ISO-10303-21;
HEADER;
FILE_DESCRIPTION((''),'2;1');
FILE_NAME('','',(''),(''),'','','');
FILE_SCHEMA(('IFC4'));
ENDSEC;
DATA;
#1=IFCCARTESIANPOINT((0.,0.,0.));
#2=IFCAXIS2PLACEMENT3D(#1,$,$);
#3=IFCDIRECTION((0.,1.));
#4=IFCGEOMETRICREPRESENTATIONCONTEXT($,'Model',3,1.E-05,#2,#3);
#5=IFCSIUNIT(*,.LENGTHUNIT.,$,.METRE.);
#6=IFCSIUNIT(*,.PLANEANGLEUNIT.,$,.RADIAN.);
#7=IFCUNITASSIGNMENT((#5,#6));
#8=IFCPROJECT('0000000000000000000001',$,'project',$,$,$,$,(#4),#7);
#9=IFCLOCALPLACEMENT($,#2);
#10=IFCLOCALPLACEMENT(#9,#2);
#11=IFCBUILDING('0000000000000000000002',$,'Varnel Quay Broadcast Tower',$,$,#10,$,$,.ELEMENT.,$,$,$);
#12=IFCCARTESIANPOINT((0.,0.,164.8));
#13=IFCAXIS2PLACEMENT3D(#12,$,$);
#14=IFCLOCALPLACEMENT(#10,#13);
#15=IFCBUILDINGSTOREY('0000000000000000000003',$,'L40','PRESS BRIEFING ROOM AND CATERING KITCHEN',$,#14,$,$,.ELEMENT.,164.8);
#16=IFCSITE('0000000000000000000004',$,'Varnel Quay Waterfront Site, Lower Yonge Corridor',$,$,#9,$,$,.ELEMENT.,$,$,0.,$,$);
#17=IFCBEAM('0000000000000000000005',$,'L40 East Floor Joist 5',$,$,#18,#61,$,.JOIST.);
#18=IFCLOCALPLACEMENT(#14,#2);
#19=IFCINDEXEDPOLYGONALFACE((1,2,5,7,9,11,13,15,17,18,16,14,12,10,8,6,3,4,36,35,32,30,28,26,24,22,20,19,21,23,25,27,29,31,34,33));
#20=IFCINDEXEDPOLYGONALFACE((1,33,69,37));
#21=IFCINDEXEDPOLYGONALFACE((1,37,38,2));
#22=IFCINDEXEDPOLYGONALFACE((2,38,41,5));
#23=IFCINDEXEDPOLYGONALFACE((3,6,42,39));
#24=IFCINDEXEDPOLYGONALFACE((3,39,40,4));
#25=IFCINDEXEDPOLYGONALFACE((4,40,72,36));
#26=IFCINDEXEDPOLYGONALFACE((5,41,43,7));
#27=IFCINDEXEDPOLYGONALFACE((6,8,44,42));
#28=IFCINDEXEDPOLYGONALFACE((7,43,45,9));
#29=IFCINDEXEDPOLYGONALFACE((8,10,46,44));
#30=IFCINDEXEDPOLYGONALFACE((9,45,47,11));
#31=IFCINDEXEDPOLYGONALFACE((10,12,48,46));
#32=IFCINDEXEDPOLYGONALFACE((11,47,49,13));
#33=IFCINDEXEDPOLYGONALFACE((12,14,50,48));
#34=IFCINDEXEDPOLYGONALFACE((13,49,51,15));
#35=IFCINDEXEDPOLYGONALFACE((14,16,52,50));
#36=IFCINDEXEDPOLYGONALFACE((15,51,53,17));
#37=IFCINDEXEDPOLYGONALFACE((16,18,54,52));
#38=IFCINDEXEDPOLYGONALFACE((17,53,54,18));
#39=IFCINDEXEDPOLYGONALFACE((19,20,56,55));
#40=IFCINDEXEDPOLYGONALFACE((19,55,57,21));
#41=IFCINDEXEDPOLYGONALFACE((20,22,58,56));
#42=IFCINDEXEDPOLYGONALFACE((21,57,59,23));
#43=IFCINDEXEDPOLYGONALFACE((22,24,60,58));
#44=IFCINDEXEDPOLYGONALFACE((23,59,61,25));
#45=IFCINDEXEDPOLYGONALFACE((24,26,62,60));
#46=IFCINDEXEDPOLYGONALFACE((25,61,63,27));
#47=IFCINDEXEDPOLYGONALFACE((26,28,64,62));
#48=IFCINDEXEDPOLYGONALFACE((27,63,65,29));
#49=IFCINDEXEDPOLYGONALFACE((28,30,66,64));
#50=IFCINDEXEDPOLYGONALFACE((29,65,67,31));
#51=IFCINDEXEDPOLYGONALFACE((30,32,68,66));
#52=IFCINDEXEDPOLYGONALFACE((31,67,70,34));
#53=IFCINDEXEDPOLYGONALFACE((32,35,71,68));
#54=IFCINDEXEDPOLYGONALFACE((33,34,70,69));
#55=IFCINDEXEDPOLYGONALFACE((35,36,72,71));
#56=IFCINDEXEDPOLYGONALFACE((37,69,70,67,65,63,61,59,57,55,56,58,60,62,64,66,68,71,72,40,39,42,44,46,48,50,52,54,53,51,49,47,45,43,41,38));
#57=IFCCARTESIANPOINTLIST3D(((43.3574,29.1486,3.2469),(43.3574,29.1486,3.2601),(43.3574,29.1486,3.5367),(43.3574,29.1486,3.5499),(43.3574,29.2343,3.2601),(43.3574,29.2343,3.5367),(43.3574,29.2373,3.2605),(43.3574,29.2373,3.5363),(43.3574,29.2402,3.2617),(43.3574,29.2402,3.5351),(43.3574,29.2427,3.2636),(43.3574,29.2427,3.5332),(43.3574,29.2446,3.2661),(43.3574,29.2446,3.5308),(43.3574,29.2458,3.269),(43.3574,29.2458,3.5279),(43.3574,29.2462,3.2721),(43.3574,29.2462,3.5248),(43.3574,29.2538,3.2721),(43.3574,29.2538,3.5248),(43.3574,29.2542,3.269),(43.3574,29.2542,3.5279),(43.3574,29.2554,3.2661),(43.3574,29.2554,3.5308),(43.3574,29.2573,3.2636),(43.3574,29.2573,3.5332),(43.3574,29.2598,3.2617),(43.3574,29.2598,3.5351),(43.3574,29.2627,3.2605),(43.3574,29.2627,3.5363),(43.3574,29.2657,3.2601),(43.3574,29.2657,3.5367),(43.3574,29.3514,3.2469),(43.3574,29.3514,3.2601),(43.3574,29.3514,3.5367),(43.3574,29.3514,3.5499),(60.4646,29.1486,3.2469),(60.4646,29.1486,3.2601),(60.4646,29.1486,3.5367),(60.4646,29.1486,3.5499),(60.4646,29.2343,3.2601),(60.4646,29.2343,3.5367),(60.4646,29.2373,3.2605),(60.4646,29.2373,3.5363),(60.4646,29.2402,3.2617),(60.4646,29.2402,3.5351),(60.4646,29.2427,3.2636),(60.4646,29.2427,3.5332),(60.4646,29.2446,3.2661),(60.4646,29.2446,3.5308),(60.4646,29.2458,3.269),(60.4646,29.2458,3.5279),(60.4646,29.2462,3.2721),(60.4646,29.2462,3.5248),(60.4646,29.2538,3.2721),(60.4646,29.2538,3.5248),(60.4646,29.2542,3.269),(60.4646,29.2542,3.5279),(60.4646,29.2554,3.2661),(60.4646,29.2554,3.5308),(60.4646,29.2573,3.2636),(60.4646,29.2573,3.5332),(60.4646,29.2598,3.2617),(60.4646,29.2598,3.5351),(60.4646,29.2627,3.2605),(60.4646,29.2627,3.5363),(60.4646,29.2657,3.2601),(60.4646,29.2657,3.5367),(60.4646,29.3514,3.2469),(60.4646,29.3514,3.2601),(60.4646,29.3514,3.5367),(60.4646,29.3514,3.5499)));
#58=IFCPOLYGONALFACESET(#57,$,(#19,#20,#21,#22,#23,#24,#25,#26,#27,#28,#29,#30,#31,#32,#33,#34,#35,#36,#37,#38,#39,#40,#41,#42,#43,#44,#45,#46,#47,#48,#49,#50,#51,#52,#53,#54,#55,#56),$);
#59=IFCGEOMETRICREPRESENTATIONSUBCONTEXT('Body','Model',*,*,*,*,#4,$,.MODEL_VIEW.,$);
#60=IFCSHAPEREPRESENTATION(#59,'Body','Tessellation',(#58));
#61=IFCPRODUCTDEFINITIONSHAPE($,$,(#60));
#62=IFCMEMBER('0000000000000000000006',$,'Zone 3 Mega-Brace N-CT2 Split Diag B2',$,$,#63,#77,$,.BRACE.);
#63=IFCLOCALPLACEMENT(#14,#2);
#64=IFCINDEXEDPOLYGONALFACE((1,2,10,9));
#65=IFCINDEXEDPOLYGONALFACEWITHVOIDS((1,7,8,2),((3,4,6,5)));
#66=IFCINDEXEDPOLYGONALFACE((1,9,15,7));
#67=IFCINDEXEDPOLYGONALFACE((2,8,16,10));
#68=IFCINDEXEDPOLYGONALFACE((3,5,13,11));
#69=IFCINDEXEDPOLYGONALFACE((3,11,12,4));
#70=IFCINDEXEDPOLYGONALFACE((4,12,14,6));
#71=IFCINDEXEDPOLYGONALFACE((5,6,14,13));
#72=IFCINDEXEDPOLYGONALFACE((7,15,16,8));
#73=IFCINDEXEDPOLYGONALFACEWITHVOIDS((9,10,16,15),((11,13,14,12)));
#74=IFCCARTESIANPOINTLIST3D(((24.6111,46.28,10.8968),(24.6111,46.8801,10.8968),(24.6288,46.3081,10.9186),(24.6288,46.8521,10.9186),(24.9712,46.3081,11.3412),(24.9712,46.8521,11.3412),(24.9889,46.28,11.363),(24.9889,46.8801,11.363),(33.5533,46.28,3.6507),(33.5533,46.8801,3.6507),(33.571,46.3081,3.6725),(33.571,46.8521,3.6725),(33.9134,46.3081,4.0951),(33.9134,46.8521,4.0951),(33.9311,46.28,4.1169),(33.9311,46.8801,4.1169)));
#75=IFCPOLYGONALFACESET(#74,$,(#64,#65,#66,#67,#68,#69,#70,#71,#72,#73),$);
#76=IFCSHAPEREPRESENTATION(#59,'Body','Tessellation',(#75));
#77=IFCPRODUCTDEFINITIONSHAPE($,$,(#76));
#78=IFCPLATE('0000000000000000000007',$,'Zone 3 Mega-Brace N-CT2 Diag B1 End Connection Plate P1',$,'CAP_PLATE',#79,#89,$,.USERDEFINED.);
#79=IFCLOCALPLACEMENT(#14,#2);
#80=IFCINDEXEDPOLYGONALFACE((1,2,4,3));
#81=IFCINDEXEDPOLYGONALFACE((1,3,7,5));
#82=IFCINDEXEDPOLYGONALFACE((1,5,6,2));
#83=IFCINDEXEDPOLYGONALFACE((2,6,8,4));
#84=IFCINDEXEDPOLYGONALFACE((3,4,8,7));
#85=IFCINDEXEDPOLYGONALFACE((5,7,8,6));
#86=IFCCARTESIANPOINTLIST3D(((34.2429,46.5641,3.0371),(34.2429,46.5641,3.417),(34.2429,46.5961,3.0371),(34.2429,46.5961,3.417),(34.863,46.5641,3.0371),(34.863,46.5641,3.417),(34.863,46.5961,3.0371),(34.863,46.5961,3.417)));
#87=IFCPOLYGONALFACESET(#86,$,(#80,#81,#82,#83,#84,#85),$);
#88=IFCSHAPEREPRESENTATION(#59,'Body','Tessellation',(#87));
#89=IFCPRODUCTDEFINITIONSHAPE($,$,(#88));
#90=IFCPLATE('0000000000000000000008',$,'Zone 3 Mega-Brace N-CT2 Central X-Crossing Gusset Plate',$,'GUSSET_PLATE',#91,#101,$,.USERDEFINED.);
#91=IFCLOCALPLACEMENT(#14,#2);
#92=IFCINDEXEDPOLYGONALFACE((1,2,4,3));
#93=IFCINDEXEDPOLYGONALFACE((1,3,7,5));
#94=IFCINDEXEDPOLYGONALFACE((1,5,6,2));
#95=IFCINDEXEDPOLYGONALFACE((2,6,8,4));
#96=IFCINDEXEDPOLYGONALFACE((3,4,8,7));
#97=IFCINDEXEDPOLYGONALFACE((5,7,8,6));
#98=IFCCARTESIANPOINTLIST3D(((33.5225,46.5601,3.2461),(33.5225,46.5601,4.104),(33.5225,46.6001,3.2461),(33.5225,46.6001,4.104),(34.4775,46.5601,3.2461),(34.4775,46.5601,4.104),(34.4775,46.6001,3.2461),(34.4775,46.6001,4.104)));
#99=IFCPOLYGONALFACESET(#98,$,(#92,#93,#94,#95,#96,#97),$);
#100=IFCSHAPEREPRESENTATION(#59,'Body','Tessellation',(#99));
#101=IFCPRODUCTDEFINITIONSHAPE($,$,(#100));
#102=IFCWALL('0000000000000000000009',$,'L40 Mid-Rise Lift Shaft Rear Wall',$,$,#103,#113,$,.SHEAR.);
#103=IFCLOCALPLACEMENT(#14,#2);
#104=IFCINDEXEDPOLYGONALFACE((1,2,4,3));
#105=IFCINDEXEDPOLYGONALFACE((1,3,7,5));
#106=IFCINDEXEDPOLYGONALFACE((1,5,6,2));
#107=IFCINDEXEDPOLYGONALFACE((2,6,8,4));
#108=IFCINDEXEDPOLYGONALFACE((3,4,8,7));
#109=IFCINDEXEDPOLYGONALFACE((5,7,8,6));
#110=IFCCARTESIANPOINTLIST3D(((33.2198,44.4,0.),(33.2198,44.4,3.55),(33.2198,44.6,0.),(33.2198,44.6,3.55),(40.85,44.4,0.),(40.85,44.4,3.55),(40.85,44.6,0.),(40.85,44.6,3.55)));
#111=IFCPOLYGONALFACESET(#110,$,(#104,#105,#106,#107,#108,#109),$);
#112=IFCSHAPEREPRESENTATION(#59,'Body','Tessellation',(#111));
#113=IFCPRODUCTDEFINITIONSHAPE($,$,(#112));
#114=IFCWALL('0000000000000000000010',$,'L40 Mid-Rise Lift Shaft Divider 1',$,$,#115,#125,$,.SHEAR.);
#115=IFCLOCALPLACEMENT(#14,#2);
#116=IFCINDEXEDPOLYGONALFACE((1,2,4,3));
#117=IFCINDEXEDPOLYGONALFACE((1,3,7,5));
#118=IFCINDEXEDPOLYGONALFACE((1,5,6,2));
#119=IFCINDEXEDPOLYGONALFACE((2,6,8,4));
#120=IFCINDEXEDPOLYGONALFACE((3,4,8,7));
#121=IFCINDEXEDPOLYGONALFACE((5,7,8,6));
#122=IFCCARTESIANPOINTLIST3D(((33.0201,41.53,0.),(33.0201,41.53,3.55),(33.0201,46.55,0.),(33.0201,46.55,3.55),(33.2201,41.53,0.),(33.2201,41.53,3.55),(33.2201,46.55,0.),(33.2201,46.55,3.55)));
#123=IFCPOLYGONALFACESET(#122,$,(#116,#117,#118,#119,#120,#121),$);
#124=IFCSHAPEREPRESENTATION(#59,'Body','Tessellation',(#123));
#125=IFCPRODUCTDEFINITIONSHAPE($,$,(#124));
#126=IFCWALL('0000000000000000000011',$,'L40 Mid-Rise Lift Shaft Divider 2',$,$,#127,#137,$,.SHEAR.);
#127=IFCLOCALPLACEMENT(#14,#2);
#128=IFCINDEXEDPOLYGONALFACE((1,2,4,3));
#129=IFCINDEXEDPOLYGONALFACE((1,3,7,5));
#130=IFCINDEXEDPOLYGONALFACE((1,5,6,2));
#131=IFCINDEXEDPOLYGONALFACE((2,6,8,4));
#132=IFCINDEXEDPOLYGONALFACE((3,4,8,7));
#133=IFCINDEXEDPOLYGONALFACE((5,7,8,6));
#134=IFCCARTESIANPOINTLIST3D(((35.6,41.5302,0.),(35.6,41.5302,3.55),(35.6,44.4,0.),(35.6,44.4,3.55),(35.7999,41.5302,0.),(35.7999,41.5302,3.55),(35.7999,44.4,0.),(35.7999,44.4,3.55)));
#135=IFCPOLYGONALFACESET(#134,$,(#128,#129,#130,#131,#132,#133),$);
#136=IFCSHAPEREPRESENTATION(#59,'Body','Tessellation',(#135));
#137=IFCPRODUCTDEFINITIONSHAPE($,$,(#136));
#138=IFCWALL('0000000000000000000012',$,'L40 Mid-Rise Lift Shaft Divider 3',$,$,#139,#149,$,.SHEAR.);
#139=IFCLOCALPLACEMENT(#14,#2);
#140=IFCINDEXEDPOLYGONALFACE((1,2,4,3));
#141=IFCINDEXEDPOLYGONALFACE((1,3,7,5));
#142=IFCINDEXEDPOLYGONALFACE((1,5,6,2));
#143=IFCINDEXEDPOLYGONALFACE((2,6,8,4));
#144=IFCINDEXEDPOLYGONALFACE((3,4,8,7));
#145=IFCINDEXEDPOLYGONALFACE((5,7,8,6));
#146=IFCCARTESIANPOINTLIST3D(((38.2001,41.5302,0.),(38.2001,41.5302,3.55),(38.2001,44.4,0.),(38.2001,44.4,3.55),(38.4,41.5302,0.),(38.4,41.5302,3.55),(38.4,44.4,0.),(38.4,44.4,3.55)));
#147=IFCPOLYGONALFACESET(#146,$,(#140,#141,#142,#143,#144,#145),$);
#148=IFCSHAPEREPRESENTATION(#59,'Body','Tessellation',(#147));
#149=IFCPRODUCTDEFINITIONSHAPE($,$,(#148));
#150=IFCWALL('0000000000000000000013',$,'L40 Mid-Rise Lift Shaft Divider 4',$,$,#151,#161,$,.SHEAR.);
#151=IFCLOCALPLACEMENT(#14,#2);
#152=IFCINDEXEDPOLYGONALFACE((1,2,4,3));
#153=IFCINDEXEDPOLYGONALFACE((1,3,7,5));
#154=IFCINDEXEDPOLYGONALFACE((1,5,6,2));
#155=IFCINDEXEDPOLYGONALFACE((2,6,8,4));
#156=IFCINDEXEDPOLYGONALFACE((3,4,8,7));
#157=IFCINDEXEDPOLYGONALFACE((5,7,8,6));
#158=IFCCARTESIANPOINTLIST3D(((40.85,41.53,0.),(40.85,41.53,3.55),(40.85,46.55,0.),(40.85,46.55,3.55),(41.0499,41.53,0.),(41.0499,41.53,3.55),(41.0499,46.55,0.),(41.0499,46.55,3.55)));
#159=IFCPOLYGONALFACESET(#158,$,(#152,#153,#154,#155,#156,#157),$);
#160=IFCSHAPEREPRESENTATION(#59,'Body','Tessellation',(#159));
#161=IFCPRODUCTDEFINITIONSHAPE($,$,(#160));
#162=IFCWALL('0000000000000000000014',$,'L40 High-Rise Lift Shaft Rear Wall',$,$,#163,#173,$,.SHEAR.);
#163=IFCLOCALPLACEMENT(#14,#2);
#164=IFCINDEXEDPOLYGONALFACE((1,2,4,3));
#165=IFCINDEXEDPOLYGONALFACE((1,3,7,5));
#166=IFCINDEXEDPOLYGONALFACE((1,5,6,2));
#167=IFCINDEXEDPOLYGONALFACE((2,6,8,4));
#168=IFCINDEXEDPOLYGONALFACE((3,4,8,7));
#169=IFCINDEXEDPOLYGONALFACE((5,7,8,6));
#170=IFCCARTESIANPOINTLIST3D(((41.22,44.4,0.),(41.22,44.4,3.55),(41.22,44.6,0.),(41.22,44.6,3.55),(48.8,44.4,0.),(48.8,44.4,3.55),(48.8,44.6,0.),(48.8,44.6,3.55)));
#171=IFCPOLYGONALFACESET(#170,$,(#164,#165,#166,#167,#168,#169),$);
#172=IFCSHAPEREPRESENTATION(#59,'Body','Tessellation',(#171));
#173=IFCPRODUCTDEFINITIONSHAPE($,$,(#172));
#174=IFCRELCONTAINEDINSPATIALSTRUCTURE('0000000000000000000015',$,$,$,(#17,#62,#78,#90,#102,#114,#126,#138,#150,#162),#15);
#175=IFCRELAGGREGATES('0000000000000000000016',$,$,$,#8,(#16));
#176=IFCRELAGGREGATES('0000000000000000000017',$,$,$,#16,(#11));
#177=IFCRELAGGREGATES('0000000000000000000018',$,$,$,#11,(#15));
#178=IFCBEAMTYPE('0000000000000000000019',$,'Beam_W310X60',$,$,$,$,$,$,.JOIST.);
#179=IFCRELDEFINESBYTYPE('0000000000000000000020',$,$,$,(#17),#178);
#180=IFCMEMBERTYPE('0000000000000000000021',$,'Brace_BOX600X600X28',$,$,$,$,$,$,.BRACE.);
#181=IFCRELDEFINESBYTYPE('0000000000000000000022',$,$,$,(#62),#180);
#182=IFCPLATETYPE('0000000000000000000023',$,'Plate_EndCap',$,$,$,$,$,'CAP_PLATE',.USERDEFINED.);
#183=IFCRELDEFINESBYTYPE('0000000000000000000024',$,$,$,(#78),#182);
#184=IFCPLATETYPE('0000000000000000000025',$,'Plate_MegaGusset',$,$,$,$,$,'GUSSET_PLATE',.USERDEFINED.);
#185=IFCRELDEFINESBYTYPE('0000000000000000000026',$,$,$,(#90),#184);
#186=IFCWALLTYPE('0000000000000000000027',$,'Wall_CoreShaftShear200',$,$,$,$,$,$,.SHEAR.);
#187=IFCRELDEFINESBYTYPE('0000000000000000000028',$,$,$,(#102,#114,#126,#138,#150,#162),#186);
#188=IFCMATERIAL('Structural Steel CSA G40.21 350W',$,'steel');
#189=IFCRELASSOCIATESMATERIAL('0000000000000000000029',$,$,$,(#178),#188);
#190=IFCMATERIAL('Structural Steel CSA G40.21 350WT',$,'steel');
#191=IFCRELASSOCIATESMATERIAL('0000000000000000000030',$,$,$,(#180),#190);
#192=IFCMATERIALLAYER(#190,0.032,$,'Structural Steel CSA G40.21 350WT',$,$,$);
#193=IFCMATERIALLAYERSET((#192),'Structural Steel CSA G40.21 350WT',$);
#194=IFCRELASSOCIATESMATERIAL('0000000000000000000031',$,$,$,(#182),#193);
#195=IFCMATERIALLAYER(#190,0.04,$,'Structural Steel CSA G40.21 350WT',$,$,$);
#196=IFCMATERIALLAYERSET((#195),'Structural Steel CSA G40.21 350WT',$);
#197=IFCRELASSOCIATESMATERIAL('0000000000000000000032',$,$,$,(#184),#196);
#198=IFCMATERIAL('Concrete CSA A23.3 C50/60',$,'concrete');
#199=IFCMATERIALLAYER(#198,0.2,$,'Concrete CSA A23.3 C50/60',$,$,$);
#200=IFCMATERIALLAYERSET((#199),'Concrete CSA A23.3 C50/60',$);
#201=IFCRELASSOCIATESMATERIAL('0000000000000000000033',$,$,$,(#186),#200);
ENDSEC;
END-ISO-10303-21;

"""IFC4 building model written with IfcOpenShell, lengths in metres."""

from ifc_helpers import new_model, si_unit, direction, frame, frame_2d, origin, origin_2d, place, context, subcontext, project, spatial, rectangle, hollow_rectangle, i_section, extrude, source, transform, mapped, material, layer, layer_set, material_profile, profile_set, type_object, type_shapes, element, save


model = new_model("IFC4")

# Units and contexts
model_context = context("Model", 3, precision=1e-05, world=origin(), true_north=direction((0.0, 1.0)))
body_context = subcontext(model_context, "Body", "Model", "MODEL_VIEW")
ifc_project = project(units=[si_unit("LENGTHUNIT", "METRE"), si_unit("PLANEANGLEUNIT", "RADIAN")], contexts=[model_context])

# Site, building, storey
site_placement = place(None, origin())
site = spatial("IfcSite", under=ifc_project, at=site_placement, Name="Varnel Quay Waterfront Site, Lower Yonge Corridor", CompositionType="ELEMENT", RefElevation=0.0)
building_placement = place(site_placement, origin())
building = spatial("IfcBuilding", under=site, at=building_placement, Name="Varnel Quay Broadcast Tower", CompositionType="ELEMENT")
storey_placement = place(building_placement, frame((0.0, 0.0, 164.8)))
storey = spatial("IfcBuildingStorey", under=building, at=storey_placement, Name="L40", Description="PRESS BRIEFING ROOM AND CATERING KITCHEN", CompositionType="ELEMENT", Elevation=164.8)

# Shared definitions
ifc_material_1 = material(Name="Structural Steel CSA G40.21 350WT", Category="steel")

# Beam
ifc_material_2 = material(Name="Concrete CSA A23.3 C50/60", Category="concrete")
ifc_material_3 = material(Name="Structural Steel CSA G40.21 350W", Category="steel")
ifc_material_profile_1 = material_profile(ifc_material_3, i_section(OverallWidth=0.2029, OverallDepth=0.303, WebThickness=0.0076, FlangeThickness=0.0132, FilletRadius=0.012, at=origin_2d()), Name="W310X60")
ifc_profile_set_1 = profile_set([ifc_material_profile_1], Name="Structural Steel CSA G40.21 350W")
beam_type_1 = type_object("IfcBeamType", Name="Beam_W310X60", PredefinedType="JOIST", material=ifc_profile_set_1)
shared_shape_1 = source(origin(), body_context, "Body", "SweptSolid", [
    extrude(i_section(OverallWidth=0.2029, OverallDepth=0.303, WebThickness=0.0076, FlangeThickness=0.0132, FilletRadius=0.012, at=origin_2d()), origin(), (0.0, 0.0, 1.0), 17.1072),
])
type_shapes(beam_type_1, [shared_shape_1])
beam_1_placement = place(storey_placement, frame((43.3574, 29.25, 3.3984), z_axis=(1.0, 0.0, 0.0), x_axis=(0.0, 1.0, 0.0)))
element("IfcBeam", 1, at=beam_1_placement, inside=storey, type_object=beam_type_1, Name="L40 East Floor Joist 5", PredefinedType="JOIST", context=body_context, shape_type="MappedRepresentation", body=[
    mapped(shared_shape_1, transform((0.0, 0.0, 0.0), x_axis=(1.0, 0.0, 0.0), y_axis=(0.0, 1.0, 0.0), z_axis=(0.0, 0.0, 1.0), scale=1.0)),
])

# Member
ifc_material_profile_2 = material_profile(ifc_material_1, hollow_rectangle(XDim=0.6001, YDim=0.6001, WallThickness=0.0281, at=origin_2d()), Name="BOX600X600X28")
ifc_profile_set_2 = profile_set([ifc_material_profile_2], Name="Structural Steel CSA G40.21 350WT")
member_type = type_object("IfcMemberType", Name="Brace_BOX600X600X28", PredefinedType="BRACE", material=ifc_profile_set_2)
shared_shape_2 = source(origin(), body_context, "Body", "SweptSolid", [
    extrude(hollow_rectangle(XDim=0.6001, YDim=0.6001, WallThickness=0.0281, at=origin_2d()), origin(), (0.0, 0.0, 1.0), 11.5095),
])
type_shapes(member_type, [shared_shape_2])
member_placement = place(storey_placement, frame((33.7422, 46.5801, 3.8838), z_axis=(-0.776938, 0.0, 0.629577), x_axis=(0.0, -1.0, 0.0)))
element("IfcMember", 2, at=member_placement, inside=storey, type_object=member_type, Name="Zone 3 Mega-Brace N-CT2 Split Diag B2", PredefinedType="BRACE", context=body_context, shape_type="MappedRepresentation", body=[
    mapped(shared_shape_2, transform((0.0, 0.0, 0.0), x_axis=(1.0, 0.0, 0.0), y_axis=(0.0, 1.0, 0.0), z_axis=(0.0, 0.0, 1.0), scale=1.0)),
])

# Plates
ifc_layer_1 = layer(ifc_material_1, 0.032, Name="Structural Steel CSA G40.21 350WT")
ifc_layer_set_1 = layer_set([ifc_layer_1], Name="Structural Steel CSA G40.21 350WT")
plate_type_1 = type_object("IfcPlateType", Name="Plate_EndCap", ElementType="CAP_PLATE", PredefinedType="USERDEFINED", material=ifc_layer_set_1)
shared_shape_3 = source(origin(), body_context, "Body", "SweptSolid", [
    extrude(rectangle(XDim=0.6201, YDim=0.032, at=origin_2d()), origin(), (0.0, 0.0, 1.0), 0.3799),
])
type_shapes(plate_type_1, [shared_shape_3])
plate_1_placement = place(storey_placement, frame((34.553, 46.5801, 3.0371), z_axis=(0.0, 0.0, 1.0), x_axis=(1.0, 0.0, 0.0)))
element("IfcPlate", 3, at=plate_1_placement, inside=storey, type_object=plate_type_1, Name="Zone 3 Mega-Brace N-CT2 Diag B1 End Connection Plate P1", ObjectType="CAP_PLATE", PredefinedType="USERDEFINED", context=body_context, shape_type="MappedRepresentation", body=[
    mapped(shared_shape_3, transform((0.0, 0.0, 0.0), x_axis=(1.0, 0.0, 0.0), y_axis=(0.0, 1.0, 0.0), z_axis=(0.0, 0.0, 1.0), scale=1.0)),
])
ifc_layer_2 = layer(ifc_material_1, 0.04, Name="Structural Steel CSA G40.21 350WT")
ifc_layer_set_2 = layer_set([ifc_layer_2], Name="Structural Steel CSA G40.21 350WT")
plate_type_2 = type_object("IfcPlateType", Name="Plate_MegaGusset", ElementType="GUSSET_PLATE", PredefinedType="USERDEFINED", material=ifc_layer_set_2)
shared_shape_4 = source(origin(), body_context, "Body", "SweptSolid", [
    extrude(rectangle(XDim=0.9551, YDim=0.04, at=origin_2d()), origin(), (0.0, 0.0, 1.0), 0.8579),
])
type_shapes(plate_type_2, [shared_shape_4])
plate_2_placement = place(storey_placement, frame((34.0, 46.5801, 3.2461), z_axis=(0.0, 0.0, 1.0), x_axis=(1.0, 0.0, 0.0)))
element("IfcPlate", 4, at=plate_2_placement, inside=storey, type_object=plate_type_2, Name="Zone 3 Mega-Brace N-CT2 Central X-Crossing Gusset Plate", ObjectType="GUSSET_PLATE", PredefinedType="USERDEFINED", context=body_context, shape_type="MappedRepresentation", body=[
    mapped(shared_shape_4, transform((0.0, 0.0, 0.0), x_axis=(1.0, 0.0, 0.0), y_axis=(0.0, 1.0, 0.0), z_axis=(0.0, 0.0, 1.0), scale=1.0)),
])

# Walls
ifc_layer_3 = layer(ifc_material_2, 0.2, Name="Concrete CSA A23.3 C50/60")
ifc_layer_set_3 = layer_set([ifc_layer_3], Name="Concrete CSA A23.3 C50/60")
wall_type_1 = type_object("IfcWallType", Name="Wall_CoreShaftShear200", PredefinedType="SHEAR", material=ifc_layer_set_3)
wall_1_placement = place(storey_placement, frame((33.22, 44.5, 0.0), z_axis=(0.0, 0.0, 1.0), x_axis=(1.0, 0.0, 0.0)))
element("IfcWall", 5, at=wall_1_placement, inside=storey, type_object=wall_type_1, Name="L40 Mid-Rise Lift Shaft Rear Wall", PredefinedType="SHEAR", context=body_context, shape_type="SweptSolid", body=[
    extrude(rectangle(XDim=7.6301, YDim=0.2, at=frame_2d((3.8149, 0.0))), origin(), (0.0, 0.0, 1.0), 3.55),
])
wall_2_placement = place(storey_placement, frame((33.1201, 41.53, 0.0), z_axis=(0.0, 0.0, 1.0), x_axis=(0.0, 1.0, 0.0)))
element("IfcWall", 6, at=wall_2_placement, inside=storey, type_object=wall_type_1, Name="L40 Mid-Rise Lift Shaft Divider 1", PredefinedType="SHEAR", context=body_context, shape_type="SweptSolid", body=[
    extrude(rectangle(XDim=5.02, YDim=0.2, at=frame_2d((2.51, 0.0))), origin(), (0.0, 0.0, 1.0), 3.55),
])
for number, where, z_axis, x_axis, name in (
    (7, (35.7, 41.53, 0.0), (0.0, 0.0, 1.0), (0.0, 1.0, 0.0), "L40 Mid-Rise Lift Shaft Divider 2"),
    (8, (38.3, 41.53, 0.0), (0.0, 0.0, 1.0), (0.0, 1.0, 0.0), "L40 Mid-Rise Lift Shaft Divider 3"),
):
    element("IfcWall", number, at=place(storey_placement, frame(where, z_axis=z_axis, x_axis=x_axis)), inside=storey, type_object=wall_type_1, Name=name, PredefinedType="SHEAR", context=body_context, shape_type="SweptSolid", body=[
        extrude(rectangle(XDim=2.8699, YDim=0.2, at=frame_2d((1.4351, 0.0))), origin(), (0.0, 0.0, 1.0), 3.55),
    ])
wall_3_placement = place(storey_placement, frame((40.95, 41.53, 0.0), z_axis=(0.0, 0.0, 1.0), x_axis=(0.0, 1.0, 0.0)))
element("IfcWall", 9, at=wall_3_placement, inside=storey, type_object=wall_type_1, Name="L40 Mid-Rise Lift Shaft Divider 4", PredefinedType="SHEAR", context=body_context, shape_type="SweptSolid", body=[
    extrude(rectangle(XDim=5.02, YDim=0.2, at=frame_2d((2.51, 0.0))), origin(), (0.0, 0.0, 1.0), 3.55),
])
wall_4_placement = place(storey_placement, frame((41.22, 44.5, 0.0), z_axis=(0.0, 0.0, 1.0), x_axis=(1.0, 0.0, 0.0)))
element("IfcWall", 10, at=wall_4_placement, inside=storey, type_object=wall_type_1, Name="L40 High-Rise Lift Shaft Rear Wall", PredefinedType="SHEAR", context=body_context, shape_type="SweptSolid", body=[
    extrude(rectangle(XDim=7.5801, YDim=0.2, at=frame_2d((3.79, 0.0))), origin(), (0.0, 0.0, 1.0), 3.55),
])

save(model, "model.ifc")
